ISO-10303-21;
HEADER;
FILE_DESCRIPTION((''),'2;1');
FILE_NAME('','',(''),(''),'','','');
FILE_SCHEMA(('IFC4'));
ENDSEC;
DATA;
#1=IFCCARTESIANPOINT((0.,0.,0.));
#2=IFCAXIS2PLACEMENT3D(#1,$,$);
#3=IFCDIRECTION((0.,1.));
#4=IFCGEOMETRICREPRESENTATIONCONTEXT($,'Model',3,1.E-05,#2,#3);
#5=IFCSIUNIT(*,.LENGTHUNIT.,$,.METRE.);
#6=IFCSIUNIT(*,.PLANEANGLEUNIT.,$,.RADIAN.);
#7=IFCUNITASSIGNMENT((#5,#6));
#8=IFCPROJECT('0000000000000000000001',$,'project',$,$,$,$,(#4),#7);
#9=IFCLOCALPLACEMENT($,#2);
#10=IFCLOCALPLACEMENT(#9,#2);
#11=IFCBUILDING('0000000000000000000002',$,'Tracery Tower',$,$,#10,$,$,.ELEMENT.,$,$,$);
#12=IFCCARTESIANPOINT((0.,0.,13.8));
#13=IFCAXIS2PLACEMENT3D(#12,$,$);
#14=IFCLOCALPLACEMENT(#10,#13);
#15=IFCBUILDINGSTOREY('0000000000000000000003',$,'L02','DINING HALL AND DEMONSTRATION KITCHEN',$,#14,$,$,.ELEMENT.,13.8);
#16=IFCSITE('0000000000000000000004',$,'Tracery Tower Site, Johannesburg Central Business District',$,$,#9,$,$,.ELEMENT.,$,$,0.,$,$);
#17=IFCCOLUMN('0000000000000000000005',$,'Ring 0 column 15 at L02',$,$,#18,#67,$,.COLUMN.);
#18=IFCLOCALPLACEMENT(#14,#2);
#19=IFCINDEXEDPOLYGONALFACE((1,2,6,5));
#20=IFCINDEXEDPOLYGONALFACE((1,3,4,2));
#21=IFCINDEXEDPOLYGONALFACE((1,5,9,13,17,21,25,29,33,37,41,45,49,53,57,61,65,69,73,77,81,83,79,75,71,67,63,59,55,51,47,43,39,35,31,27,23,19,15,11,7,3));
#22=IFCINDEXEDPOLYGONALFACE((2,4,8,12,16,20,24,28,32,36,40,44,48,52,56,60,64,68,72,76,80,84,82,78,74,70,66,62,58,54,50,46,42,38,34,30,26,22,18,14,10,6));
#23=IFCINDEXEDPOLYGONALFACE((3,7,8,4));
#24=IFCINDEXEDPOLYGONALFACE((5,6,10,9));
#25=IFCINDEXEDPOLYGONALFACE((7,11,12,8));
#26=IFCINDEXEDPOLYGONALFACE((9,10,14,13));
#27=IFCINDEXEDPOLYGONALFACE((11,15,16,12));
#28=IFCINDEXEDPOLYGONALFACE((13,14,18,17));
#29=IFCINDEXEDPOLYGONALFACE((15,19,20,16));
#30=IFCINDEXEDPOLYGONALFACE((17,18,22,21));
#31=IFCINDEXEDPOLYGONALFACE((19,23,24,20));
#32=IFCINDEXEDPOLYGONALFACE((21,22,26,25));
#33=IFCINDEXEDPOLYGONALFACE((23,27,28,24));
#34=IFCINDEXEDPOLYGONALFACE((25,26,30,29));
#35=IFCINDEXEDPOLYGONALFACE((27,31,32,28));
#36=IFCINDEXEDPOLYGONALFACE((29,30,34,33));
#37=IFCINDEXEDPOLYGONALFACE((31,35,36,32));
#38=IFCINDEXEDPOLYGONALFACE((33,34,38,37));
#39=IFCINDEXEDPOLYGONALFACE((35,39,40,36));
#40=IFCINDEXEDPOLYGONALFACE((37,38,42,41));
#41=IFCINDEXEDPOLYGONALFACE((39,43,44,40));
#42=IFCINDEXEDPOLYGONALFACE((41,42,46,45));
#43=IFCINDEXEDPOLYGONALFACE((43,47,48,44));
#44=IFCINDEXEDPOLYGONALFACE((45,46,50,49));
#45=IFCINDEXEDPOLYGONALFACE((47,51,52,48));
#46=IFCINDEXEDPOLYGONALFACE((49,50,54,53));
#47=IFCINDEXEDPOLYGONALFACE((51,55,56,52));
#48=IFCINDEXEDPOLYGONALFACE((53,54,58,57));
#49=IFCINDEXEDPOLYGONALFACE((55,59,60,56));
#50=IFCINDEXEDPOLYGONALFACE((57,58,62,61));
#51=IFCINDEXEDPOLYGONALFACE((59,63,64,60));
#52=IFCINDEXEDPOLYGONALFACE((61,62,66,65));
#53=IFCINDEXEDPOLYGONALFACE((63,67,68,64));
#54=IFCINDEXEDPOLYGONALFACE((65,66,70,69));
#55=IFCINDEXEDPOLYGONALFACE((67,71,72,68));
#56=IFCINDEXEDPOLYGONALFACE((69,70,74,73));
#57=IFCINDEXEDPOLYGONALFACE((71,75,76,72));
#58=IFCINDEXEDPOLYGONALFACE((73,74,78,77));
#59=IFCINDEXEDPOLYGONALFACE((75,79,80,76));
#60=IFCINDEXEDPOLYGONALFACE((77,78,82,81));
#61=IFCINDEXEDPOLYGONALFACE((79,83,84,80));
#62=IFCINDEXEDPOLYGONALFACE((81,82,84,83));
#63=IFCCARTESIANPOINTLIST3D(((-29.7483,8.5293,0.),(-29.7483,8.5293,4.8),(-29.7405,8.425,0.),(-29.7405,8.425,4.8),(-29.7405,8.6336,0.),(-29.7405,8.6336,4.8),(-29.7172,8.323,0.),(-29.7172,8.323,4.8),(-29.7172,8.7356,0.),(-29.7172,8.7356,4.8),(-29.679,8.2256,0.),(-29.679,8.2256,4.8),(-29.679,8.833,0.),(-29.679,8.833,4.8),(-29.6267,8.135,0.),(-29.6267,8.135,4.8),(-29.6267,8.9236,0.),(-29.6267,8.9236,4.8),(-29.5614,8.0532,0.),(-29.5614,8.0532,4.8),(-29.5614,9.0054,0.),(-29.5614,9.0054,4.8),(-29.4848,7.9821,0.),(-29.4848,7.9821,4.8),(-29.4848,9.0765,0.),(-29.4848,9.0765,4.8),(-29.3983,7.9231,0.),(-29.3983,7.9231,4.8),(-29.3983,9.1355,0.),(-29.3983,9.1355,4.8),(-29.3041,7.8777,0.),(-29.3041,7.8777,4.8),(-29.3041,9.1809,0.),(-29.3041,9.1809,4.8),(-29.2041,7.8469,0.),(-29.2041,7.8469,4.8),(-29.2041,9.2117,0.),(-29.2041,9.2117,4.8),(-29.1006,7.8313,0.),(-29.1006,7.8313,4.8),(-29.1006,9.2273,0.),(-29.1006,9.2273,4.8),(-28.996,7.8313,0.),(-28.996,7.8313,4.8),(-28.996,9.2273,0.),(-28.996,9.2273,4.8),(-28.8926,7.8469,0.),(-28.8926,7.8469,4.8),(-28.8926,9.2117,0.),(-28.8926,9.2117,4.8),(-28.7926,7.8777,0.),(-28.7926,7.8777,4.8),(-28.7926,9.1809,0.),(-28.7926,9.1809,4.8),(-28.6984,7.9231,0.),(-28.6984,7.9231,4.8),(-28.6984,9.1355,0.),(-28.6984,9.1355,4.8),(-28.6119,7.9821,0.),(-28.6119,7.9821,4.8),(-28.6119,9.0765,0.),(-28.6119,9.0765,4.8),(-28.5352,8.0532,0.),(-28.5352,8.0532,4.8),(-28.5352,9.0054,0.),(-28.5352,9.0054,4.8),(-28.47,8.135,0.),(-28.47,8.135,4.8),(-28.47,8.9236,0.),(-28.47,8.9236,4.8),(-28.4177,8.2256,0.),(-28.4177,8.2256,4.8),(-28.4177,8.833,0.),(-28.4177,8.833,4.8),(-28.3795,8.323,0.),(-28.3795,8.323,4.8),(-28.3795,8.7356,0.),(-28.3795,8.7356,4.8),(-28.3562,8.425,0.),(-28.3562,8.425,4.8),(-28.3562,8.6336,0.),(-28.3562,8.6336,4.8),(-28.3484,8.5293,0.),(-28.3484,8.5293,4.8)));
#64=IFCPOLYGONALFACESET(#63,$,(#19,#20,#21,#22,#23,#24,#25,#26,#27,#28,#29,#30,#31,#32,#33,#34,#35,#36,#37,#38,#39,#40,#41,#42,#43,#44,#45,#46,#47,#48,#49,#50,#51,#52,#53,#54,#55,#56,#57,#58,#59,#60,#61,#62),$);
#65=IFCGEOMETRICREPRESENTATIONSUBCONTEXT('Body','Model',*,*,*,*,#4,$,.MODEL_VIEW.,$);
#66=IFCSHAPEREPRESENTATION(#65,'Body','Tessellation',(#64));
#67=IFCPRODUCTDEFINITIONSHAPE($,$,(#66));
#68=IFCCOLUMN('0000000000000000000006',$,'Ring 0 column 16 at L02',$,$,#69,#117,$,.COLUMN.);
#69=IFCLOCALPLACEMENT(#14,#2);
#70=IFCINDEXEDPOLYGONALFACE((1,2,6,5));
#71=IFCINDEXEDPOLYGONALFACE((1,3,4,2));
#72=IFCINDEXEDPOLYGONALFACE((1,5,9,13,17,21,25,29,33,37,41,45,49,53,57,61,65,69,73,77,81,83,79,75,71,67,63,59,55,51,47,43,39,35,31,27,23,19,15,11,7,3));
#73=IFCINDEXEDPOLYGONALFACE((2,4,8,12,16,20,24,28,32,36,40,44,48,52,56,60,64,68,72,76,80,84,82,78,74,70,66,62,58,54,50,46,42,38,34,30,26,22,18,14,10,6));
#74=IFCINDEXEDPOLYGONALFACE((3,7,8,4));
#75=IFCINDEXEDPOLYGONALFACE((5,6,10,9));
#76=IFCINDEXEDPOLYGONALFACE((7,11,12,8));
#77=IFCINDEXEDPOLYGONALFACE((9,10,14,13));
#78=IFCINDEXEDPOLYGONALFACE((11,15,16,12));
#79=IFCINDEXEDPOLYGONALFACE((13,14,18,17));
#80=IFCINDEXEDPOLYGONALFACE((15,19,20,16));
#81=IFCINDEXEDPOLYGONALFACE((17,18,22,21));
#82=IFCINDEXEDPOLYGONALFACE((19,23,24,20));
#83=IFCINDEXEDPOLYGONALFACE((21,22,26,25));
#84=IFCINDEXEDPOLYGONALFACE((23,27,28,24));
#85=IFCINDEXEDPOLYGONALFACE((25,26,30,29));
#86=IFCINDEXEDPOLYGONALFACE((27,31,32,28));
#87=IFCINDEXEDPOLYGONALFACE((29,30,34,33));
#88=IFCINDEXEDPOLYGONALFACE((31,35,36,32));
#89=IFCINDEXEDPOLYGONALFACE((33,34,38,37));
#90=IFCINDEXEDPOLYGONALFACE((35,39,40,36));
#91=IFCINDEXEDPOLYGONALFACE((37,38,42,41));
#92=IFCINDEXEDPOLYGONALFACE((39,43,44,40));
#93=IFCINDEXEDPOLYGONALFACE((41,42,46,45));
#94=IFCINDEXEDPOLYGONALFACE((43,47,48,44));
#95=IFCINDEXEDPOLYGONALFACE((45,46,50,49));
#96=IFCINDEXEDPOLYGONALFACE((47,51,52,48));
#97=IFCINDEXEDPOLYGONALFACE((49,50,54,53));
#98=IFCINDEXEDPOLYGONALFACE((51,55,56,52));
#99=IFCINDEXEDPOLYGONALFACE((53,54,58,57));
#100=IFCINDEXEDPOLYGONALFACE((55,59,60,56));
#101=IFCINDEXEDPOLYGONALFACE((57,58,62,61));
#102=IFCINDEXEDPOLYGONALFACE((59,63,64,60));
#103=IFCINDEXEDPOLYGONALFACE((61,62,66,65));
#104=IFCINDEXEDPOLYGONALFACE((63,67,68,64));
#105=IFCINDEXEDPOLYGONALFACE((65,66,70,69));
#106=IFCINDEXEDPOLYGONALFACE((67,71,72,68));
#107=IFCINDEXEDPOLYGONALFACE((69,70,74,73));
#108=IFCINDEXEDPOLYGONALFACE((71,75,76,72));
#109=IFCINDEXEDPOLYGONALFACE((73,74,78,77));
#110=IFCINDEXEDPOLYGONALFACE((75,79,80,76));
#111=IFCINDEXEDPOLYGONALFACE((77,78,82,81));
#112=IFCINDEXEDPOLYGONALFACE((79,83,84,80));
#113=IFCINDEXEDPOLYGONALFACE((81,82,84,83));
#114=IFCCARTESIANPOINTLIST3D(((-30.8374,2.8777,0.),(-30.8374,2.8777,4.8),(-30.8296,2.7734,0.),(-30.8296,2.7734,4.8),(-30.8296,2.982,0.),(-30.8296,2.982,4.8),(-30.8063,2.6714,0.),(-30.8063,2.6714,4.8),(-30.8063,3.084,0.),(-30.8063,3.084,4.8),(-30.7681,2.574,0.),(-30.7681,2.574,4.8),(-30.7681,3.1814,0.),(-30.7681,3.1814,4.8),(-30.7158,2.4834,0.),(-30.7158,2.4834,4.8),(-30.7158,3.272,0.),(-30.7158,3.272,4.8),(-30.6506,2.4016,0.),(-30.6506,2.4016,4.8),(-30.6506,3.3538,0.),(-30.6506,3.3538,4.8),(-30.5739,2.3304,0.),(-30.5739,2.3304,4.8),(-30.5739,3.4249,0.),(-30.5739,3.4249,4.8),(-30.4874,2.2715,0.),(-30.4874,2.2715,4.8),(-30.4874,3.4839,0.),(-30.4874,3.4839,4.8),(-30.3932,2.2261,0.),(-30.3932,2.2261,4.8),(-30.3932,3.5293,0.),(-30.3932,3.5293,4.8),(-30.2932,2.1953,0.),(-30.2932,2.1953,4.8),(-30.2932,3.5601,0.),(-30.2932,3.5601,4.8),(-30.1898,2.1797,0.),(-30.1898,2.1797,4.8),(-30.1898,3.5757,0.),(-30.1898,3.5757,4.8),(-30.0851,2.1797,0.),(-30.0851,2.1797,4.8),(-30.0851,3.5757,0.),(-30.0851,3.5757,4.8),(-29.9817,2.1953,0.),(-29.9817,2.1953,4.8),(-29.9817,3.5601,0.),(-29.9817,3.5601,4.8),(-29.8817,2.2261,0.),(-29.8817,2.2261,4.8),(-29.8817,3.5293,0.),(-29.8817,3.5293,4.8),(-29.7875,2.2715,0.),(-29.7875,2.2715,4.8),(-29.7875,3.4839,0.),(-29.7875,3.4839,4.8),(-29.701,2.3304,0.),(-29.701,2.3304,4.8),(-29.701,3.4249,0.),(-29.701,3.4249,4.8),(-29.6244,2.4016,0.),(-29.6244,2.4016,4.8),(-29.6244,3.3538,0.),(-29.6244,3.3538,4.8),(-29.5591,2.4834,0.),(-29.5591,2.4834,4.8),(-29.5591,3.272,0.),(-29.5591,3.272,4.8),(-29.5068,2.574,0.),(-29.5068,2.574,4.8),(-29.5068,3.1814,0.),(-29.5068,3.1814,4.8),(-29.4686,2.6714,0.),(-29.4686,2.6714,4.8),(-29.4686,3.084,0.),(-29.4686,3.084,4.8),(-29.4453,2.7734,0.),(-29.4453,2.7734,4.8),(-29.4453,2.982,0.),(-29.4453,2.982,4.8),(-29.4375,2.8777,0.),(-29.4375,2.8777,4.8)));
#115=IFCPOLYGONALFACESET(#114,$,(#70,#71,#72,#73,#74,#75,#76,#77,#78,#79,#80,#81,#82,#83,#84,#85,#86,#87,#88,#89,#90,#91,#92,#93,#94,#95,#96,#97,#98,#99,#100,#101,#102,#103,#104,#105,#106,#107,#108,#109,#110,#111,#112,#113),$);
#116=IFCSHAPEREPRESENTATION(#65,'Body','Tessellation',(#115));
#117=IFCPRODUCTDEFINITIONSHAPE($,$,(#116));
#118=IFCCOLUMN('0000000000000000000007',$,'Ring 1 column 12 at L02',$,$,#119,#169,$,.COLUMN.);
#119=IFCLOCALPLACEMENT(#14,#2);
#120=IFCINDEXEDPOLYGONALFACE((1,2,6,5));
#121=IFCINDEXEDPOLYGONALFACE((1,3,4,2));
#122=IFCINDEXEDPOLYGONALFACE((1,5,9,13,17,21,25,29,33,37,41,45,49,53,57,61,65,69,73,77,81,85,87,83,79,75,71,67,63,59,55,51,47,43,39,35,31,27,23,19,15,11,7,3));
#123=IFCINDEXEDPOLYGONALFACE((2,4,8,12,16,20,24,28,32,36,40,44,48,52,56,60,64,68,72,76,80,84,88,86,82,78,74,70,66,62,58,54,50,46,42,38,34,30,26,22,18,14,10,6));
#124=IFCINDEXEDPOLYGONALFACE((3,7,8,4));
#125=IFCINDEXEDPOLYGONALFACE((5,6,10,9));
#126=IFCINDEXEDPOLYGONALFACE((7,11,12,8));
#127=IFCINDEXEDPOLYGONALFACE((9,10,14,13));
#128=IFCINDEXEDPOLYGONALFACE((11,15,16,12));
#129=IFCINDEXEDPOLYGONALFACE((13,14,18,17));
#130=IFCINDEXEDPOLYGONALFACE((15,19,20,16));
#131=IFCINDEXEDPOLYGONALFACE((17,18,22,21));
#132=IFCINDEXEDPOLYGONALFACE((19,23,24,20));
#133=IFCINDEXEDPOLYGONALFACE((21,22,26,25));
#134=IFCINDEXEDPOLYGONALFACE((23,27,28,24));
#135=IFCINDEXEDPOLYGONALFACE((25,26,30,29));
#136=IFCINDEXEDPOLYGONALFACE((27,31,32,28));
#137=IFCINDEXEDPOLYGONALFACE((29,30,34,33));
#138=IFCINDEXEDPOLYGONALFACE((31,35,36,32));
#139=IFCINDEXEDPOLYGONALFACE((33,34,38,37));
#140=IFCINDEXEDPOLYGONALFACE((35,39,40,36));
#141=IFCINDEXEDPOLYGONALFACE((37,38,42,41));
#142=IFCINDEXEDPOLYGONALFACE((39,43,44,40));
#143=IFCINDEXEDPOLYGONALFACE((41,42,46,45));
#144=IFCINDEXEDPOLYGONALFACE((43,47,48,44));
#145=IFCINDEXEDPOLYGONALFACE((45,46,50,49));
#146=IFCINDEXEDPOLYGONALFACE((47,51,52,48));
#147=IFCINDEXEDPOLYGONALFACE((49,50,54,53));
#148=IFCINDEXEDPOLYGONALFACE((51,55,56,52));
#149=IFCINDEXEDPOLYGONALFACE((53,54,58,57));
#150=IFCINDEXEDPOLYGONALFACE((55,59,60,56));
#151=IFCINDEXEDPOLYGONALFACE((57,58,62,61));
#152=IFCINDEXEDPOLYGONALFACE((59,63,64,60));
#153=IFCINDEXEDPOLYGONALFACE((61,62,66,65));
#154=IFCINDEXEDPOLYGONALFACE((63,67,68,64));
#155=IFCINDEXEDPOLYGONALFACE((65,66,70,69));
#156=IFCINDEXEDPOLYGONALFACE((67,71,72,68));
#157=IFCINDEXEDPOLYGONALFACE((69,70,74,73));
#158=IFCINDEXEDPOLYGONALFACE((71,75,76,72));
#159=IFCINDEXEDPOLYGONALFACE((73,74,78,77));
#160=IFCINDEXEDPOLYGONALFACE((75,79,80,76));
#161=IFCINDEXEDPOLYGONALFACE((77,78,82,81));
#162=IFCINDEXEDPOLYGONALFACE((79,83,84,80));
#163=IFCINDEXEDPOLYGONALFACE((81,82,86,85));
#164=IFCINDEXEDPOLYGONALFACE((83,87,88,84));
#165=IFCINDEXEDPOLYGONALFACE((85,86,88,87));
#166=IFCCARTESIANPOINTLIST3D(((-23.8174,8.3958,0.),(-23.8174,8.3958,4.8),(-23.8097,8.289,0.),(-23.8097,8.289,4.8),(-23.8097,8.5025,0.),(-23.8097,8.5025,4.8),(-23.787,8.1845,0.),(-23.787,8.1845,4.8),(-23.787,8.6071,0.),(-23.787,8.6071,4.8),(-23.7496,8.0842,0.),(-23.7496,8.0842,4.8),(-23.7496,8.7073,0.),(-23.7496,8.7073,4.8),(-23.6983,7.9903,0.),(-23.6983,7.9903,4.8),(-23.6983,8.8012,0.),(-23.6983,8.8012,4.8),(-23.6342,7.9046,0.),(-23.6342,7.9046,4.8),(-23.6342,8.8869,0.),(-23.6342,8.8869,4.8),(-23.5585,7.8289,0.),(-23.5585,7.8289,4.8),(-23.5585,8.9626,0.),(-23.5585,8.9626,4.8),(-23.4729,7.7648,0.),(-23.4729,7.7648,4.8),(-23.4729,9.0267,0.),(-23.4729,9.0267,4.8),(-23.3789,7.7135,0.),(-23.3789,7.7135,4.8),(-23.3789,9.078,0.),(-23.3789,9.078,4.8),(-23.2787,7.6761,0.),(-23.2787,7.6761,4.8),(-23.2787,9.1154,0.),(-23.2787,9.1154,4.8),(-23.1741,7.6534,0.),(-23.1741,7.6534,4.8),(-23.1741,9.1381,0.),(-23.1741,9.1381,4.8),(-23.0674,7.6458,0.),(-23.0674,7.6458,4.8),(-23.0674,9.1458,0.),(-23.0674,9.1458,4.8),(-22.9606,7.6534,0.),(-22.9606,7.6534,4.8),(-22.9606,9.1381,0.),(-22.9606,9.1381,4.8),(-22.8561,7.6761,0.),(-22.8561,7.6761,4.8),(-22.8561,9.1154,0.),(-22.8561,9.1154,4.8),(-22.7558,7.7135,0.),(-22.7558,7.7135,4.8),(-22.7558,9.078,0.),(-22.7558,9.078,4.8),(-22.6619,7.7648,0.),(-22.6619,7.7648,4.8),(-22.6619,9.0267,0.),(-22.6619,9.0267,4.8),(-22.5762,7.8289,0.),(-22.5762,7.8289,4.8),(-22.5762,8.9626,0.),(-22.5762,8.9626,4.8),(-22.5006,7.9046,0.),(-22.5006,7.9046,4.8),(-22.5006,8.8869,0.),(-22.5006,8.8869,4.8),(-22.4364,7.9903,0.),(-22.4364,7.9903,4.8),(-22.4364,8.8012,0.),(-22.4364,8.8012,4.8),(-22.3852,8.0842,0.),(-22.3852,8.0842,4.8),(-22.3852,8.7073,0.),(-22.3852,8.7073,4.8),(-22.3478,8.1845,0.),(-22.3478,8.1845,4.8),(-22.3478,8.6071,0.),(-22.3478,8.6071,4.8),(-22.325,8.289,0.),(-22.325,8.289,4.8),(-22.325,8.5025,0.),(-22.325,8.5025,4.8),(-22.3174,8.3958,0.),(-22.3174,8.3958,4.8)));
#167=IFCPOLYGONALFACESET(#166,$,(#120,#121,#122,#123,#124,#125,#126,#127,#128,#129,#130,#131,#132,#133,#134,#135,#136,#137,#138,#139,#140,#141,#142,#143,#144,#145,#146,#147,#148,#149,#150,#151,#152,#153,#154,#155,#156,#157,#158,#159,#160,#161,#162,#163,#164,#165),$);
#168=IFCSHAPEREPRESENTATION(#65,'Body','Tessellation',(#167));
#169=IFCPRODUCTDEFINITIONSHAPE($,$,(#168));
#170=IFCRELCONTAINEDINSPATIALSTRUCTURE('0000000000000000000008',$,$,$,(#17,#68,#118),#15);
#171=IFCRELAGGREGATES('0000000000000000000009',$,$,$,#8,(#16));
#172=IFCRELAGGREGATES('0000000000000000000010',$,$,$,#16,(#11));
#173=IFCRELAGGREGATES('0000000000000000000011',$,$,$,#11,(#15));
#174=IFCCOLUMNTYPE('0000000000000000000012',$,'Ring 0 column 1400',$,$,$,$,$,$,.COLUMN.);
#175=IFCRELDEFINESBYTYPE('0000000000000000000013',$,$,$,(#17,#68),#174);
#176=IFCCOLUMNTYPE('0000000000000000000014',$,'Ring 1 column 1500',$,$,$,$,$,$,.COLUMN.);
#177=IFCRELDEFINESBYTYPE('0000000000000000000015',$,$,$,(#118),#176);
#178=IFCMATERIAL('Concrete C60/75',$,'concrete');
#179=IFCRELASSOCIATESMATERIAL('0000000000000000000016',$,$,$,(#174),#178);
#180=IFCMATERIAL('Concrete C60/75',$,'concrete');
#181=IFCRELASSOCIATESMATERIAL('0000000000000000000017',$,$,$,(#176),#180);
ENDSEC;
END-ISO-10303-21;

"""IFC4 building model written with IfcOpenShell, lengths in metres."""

from ifc_helpers import new_model, si_unit, direction, frame, origin, origin_2d, place, context, subcontext, project, spatial, circle, extrude, material, material_profile, profile_set, type_object, element, save


model = new_model("IFC4")

# Units and contexts
model_context = context("Model", 3, precision=1e-05, world=origin(), true_north=direction((0.0, 1.0)))
body_context = subcontext(model_context, "Body", "Model", "MODEL_VIEW")
ifc_project = project(units=[si_unit("LENGTHUNIT", "METRE"), si_unit("PLANEANGLEUNIT", "RADIAN")], contexts=[model_context])

# Site, building, storey
site_placement = place(None, origin())
site = spatial("IfcSite", under=ifc_project, at=site_placement, Name="Tracery Tower Site, Johannesburg Central Business District", CompositionType="ELEMENT", RefElevation=0.0)
building_placement = place(site_placement, origin())
building = spatial("IfcBuilding", under=site, at=building_placement, Name="Tracery Tower", CompositionType="ELEMENT")
storey_placement = place(building_placement, frame((0.0, 0.0, 13.8)))
storey = spatial("IfcBuildingStorey", under=building, at=storey_placement, Name="L02", Description="DINING HALL AND DEMONSTRATION KITCHEN", CompositionType="ELEMENT", Elevation=13.8)

# Columns
ifc_material_1 = material(Name="Concrete C60/75", Category="concrete")
ifc_material_profile_1 = material_profile(ifc_material_1, circle(Radius=0.7, at=origin_2d()), Name="RC D1400")
ifc_profile_set_1 = profile_set([ifc_material_profile_1], Name="Concrete C60/75")
column_type_1 = type_object("IfcColumnType", Name="Ring 0 column 1400", PredefinedType="COLUMN", material=ifc_profile_set_1)
for number, where, z_axis, x_axis, name in (
    (1, (-29.0483, 8.5293, 0.0), (0.0, 0.0, 1.0), (1.0, 0.0, 0.0), "Ring 0 column 15 at L02"),
    (2, (-30.1375, 2.8777, 0.0), (0.0, 0.0, 1.0), (1.0, 0.0, 0.0), "Ring 0 column 16 at L02"),
):
    element("IfcColumn", number, at=place(storey_placement, frame(where, z_axis=z_axis, x_axis=x_axis)), inside=storey, type_object=column_type_1, Name=name, PredefinedType="COLUMN", context=body_context, shape_type="SweptSolid", body=[
        extrude(circle(Radius=0.7, at=origin_2d()), origin(), (0.0, 0.0, 1.0), 4.8),
    ])
ifc_material_2 = material(Name="Concrete C60/75", Category="concrete")
ifc_material_profile_2 = material_profile(ifc_material_2, circle(Radius=0.75, at=origin_2d()), Name="RC D1500")
ifc_profile_set_2 = profile_set([ifc_material_profile_2], Name="Concrete C60/75")
column_type_2 = type_object("IfcColumnType", Name="Ring 1 column 1500", PredefinedType="COLUMN", material=ifc_profile_set_2)
for number, where, z_axis, x_axis, name in (
    (3, (-23.0674, 8.3958, 0.0), (0.0, 0.0, 1.0), (1.0, 0.0, 0.0), "Ring 1 column 12 at L02"),
):
    element("IfcColumn", number, at=place(storey_placement, frame(where, z_axis=z_axis, x_axis=x_axis)), inside=storey, type_object=column_type_2, Name=name, PredefinedType="COLUMN", context=body_context, shape_type="SweptSolid", body=[
        extrude(circle(Radius=0.75, at=origin_2d()), origin(), (0.0, 0.0, 1.0), 4.8),
    ])

save(model, "model.ifc")
